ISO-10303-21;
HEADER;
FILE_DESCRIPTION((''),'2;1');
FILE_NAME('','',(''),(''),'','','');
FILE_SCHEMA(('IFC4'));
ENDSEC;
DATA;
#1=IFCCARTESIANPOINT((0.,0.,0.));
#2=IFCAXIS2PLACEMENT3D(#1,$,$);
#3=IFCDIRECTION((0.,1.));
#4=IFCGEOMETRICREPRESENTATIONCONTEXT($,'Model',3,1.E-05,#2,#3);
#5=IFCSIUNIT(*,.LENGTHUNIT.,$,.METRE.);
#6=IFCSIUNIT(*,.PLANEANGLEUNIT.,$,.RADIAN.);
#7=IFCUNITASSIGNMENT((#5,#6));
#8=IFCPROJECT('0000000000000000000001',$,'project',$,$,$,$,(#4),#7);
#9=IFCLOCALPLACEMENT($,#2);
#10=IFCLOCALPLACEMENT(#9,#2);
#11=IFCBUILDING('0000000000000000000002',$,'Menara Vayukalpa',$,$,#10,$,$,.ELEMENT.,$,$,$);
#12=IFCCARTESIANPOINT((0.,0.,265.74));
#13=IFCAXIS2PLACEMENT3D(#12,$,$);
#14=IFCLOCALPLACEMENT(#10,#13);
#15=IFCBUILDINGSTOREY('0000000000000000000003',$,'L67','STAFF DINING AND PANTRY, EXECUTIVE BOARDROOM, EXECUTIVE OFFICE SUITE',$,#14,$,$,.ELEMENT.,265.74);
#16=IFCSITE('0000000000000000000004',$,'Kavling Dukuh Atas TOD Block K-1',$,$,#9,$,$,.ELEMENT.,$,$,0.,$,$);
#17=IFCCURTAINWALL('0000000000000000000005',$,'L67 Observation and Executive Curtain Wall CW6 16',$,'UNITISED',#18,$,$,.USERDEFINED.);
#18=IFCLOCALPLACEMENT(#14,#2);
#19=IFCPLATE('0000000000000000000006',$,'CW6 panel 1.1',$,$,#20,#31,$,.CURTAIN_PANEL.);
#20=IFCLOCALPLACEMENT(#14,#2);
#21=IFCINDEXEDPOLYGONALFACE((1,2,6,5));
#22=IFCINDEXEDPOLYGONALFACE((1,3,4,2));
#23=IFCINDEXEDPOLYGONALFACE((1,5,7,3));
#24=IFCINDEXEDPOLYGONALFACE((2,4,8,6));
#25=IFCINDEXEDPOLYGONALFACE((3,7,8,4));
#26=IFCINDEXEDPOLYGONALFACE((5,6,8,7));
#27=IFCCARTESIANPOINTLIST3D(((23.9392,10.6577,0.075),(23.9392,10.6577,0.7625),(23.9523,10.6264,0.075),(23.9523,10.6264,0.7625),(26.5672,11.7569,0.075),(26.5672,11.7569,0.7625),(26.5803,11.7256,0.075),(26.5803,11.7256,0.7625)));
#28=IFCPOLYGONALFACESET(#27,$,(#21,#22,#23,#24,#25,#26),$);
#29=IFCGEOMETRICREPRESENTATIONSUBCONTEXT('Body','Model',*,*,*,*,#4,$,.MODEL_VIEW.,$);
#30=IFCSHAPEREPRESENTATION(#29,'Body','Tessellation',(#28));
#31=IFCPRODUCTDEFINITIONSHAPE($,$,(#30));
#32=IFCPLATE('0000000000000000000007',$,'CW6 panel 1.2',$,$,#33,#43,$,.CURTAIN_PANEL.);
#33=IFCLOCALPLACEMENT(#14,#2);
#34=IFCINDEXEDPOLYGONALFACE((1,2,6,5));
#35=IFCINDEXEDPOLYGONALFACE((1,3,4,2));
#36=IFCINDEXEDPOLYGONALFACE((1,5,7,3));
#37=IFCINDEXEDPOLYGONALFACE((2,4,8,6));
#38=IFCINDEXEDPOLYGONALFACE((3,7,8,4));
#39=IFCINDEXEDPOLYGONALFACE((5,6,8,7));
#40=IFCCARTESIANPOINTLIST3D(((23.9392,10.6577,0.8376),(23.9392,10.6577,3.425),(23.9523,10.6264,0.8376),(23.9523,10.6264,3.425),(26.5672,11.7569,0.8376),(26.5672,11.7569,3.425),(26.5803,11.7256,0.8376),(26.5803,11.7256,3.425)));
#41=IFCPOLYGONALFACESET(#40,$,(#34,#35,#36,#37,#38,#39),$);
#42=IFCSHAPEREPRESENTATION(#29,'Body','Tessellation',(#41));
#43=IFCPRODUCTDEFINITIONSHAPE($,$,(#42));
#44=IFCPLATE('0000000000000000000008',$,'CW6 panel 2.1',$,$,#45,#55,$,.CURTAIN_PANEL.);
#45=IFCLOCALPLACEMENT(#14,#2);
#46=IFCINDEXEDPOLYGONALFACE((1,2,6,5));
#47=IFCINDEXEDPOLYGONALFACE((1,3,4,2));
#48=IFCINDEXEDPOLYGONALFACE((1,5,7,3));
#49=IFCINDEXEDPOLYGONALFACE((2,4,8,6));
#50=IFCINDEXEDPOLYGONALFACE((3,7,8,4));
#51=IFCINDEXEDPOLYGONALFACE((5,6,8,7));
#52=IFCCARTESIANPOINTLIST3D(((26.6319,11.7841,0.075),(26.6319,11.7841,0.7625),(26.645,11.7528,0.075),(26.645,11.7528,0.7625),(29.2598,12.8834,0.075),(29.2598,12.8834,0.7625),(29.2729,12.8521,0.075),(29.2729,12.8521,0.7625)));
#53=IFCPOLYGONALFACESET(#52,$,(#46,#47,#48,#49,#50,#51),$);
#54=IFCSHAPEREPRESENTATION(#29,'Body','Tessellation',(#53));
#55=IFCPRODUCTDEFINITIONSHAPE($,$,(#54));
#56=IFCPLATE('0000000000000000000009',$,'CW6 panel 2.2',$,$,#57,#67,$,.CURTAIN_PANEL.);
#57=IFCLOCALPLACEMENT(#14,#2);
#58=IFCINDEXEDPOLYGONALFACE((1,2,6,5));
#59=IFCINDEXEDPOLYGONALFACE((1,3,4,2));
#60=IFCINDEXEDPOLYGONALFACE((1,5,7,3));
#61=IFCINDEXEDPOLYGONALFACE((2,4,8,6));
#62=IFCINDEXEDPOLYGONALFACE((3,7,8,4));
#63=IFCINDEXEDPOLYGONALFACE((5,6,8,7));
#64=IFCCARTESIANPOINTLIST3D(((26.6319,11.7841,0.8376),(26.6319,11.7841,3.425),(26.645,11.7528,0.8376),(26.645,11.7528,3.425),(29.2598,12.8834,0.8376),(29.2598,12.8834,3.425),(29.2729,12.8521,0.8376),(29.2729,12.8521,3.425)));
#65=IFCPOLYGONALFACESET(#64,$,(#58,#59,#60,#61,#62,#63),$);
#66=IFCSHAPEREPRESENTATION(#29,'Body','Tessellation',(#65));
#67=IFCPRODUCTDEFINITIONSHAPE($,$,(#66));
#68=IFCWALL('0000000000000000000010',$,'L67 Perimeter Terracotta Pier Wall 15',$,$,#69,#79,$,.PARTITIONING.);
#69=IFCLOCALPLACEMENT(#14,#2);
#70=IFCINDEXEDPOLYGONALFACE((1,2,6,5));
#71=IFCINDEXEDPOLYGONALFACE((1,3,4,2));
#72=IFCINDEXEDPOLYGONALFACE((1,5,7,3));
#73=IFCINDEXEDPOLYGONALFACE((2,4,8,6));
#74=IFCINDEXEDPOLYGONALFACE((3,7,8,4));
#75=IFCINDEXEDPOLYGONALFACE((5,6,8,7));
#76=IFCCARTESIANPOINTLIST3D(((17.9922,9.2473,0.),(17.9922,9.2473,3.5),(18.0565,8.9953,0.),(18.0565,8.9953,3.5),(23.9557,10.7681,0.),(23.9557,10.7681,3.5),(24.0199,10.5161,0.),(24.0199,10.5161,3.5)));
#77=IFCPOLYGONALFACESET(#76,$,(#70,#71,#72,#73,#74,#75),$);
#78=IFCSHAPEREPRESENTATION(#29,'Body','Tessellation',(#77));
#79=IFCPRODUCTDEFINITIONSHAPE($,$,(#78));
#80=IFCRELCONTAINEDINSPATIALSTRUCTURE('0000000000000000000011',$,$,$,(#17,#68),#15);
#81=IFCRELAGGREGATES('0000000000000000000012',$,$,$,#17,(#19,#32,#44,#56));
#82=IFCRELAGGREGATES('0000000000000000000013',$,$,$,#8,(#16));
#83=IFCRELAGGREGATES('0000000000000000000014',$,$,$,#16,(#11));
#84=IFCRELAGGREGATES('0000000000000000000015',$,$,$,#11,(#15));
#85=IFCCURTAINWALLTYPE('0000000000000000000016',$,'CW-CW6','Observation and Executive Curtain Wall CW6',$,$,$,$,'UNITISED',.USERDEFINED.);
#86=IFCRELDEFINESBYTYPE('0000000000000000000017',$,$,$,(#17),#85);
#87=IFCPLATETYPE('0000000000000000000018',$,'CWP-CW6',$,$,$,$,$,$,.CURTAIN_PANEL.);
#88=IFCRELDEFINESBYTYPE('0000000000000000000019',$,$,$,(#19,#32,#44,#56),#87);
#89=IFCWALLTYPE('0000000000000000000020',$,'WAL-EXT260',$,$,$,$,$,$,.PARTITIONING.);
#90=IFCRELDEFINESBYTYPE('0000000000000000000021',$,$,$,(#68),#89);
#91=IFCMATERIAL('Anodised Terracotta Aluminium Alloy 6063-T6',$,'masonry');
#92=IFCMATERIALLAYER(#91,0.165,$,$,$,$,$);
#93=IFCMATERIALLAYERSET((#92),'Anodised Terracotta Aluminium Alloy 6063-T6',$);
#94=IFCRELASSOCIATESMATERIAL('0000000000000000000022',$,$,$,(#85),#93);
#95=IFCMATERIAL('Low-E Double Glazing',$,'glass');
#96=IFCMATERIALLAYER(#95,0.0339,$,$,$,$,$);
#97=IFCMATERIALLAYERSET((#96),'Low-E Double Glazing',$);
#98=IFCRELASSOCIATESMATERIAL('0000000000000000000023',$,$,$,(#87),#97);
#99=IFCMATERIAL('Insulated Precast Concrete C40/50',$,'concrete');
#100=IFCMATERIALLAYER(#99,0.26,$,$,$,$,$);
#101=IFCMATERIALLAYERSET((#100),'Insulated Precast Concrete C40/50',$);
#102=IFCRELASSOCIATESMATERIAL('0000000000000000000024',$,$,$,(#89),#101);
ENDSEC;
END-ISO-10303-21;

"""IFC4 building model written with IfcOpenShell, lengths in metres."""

from ifc_helpers import new_model, si_unit, direction, frame, frame_2d, origin, origin_2d, place, context, subcontext, project, spatial, rectangle, extrude, material, layer, layer_set, type_object, element, aggregate, save


model = new_model("IFC4")

# Units and contexts
model_context = context("Model", 3, precision=1e-05, world=origin(), true_north=direction((0.0, 1.0)))
body_context = subcontext(model_context, "Body", "Model", "MODEL_VIEW")
ifc_project = project(units=[si_unit("LENGTHUNIT", "METRE"), si_unit("PLANEANGLEUNIT", "RADIAN")], contexts=[model_context])

# Site, building, storey
site_placement = place(None, origin())
site = spatial("IfcSite", under=ifc_project, at=site_placement, Name="Kavling Dukuh Atas TOD Block K-1", CompositionType="ELEMENT", RefElevation=0.0)
building_placement = place(site_placement, origin())
building = spatial("IfcBuilding", under=site, at=building_placement, Name="Menara Vayukalpa", CompositionType="ELEMENT")
storey_placement = place(building_placement, frame((0.0, 0.0, 265.74)))
storey = spatial("IfcBuildingStorey", under=building, at=storey_placement, Name="L67", Description="STAFF DINING AND PANTRY, EXECUTIVE BOARDROOM, EXECUTIVE OFFICE SUITE", CompositionType="ELEMENT", Elevation=265.74)

# Curtain wall, plates
ifc_material_1 = material(Name="Anodised Terracotta Aluminium Alloy 6063-T6", Category="masonry")
ifc_layer_1 = layer(ifc_material_1, 0.165)
ifc_layer_set_1 = layer_set([ifc_layer_1], Name="Anodised Terracotta Aluminium Alloy 6063-T6")
curtain_wall_type = type_object("IfcCurtainWallType", Name="CW-CW6", Description="Observation and Executive Curtain Wall CW6", ElementType="UNITISED", PredefinedType="USERDEFINED", material=ifc_layer_set_1)
curtain_wall_placement = place(storey_placement, origin())
curtain_wall = element("IfcCurtainWall", 1, at=curtain_wall_placement, inside=storey, type_object=curtain_wall_type, Name="L67 Observation and Executive Curtain Wall CW6 16", ObjectType="UNITISED", PredefinedType="USERDEFINED")
ifc_material_2 = material(Name="Low-E Double Glazing", Category="glass")
ifc_layer_2 = layer(ifc_material_2, 0.0339)
ifc_layer_set_2 = layer_set([ifc_layer_2], Name="Low-E Double Glazing")
plate_type = type_object("IfcPlateType", Name="CWP-CW6", PredefinedType="CURTAIN_PANEL", material=ifc_layer_set_2)
plate_1_placement = place(storey_placement, frame((25.2598, 11.1917, 0.075), z_axis=(0.0, 0.0, 1.0), x_axis=(0.922541, 0.3859, 0.0)))
plate_1 = element("IfcPlate", 2, at=plate_1_placement, type_object=plate_type, Name="CW6 panel 1.1", PredefinedType="CURTAIN_PANEL", context=body_context, shape_type="SweptSolid", body=[
    extrude(rectangle(XDim=2.8486, YDim=0.0339, at=origin_2d()), origin(), (0.0, 0.0, 1.0), 0.6875),
])
plate_2_placement = place(storey_placement, frame((25.2598, 11.1917, 0.8376), z_axis=(0.0, 0.0, 1.0), x_axis=(0.922541, 0.3859, 0.0)))
plate_2 = element("IfcPlate", 3, at=plate_2_placement, type_object=plate_type, Name="CW6 panel 1.2", PredefinedType="CURTAIN_PANEL", context=body_context, shape_type="SweptSolid", body=[
    extrude(rectangle(XDim=2.8486, YDim=0.0339, at=origin_2d()), origin(), (0.0, 0.0, 1.0), 2.5874),
])
plate_3_placement = place(storey_placement, frame((27.9524, 12.3181, 0.075), z_axis=(0.0, 0.0, 1.0), x_axis=(0.922541, 0.3859, 0.0)))
plate_3 = element("IfcPlate", 4, at=plate_3_placement, type_object=plate_type, Name="CW6 panel 2.1", PredefinedType="CURTAIN_PANEL", context=body_context, shape_type="SweptSolid", body=[
    extrude(rectangle(XDim=2.8486, YDim=0.0339, at=origin_2d()), origin(), (0.0, 0.0, 1.0), 0.6875),
])
plate_4_placement = place(storey_placement, frame((27.9524, 12.3181, 0.8376), z_axis=(0.0, 0.0, 1.0), x_axis=(0.922541, 0.3859, 0.0)))
plate_4 = element("IfcPlate", 5, at=plate_4_placement, type_object=plate_type, Name="CW6 panel 2.2", PredefinedType="CURTAIN_PANEL", context=body_context, shape_type="SweptSolid", body=[
    extrude(rectangle(XDim=2.8486, YDim=0.0339, at=origin_2d()), origin(), (0.0, 0.0, 1.0), 2.5874),
])
aggregate(curtain_wall, [plate_1, plate_2, plate_3, plate_4])

# Wall
ifc_material_3 = material(Name="Insulated Precast Concrete C40/50", Category="concrete")
ifc_layer_3 = layer(ifc_material_3, 0.26)
ifc_layer_set_3 = layer_set([ifc_layer_3], Name="Insulated Precast Concrete C40/50")
wall_type = type_object("IfcWallType", Name="WAL-EXT260", PredefinedType="PARTITIONING", material=ifc_layer_set_3)
wall_placement = place(storey_placement, frame((23.9878, 10.6421, 0.0), z_axis=(0.0, 0.0, 1.0), x_axis=(-0.968988, -0.247107, 0.0)))
element("IfcWall", 6, at=wall_placement, inside=storey, type_object=wall_type, Name="L67 Perimeter Terracotta Pier Wall 15", PredefinedType="PARTITIONING", context=body_context, shape_type="SweptSolid", body=[
    extrude(rectangle(XDim=6.1543, YDim=0.26, at=frame_2d((3.0771, 0.0))), origin(), (0.0, 0.0, 1.0), 3.5),
])

save(model, "model.ifc")
